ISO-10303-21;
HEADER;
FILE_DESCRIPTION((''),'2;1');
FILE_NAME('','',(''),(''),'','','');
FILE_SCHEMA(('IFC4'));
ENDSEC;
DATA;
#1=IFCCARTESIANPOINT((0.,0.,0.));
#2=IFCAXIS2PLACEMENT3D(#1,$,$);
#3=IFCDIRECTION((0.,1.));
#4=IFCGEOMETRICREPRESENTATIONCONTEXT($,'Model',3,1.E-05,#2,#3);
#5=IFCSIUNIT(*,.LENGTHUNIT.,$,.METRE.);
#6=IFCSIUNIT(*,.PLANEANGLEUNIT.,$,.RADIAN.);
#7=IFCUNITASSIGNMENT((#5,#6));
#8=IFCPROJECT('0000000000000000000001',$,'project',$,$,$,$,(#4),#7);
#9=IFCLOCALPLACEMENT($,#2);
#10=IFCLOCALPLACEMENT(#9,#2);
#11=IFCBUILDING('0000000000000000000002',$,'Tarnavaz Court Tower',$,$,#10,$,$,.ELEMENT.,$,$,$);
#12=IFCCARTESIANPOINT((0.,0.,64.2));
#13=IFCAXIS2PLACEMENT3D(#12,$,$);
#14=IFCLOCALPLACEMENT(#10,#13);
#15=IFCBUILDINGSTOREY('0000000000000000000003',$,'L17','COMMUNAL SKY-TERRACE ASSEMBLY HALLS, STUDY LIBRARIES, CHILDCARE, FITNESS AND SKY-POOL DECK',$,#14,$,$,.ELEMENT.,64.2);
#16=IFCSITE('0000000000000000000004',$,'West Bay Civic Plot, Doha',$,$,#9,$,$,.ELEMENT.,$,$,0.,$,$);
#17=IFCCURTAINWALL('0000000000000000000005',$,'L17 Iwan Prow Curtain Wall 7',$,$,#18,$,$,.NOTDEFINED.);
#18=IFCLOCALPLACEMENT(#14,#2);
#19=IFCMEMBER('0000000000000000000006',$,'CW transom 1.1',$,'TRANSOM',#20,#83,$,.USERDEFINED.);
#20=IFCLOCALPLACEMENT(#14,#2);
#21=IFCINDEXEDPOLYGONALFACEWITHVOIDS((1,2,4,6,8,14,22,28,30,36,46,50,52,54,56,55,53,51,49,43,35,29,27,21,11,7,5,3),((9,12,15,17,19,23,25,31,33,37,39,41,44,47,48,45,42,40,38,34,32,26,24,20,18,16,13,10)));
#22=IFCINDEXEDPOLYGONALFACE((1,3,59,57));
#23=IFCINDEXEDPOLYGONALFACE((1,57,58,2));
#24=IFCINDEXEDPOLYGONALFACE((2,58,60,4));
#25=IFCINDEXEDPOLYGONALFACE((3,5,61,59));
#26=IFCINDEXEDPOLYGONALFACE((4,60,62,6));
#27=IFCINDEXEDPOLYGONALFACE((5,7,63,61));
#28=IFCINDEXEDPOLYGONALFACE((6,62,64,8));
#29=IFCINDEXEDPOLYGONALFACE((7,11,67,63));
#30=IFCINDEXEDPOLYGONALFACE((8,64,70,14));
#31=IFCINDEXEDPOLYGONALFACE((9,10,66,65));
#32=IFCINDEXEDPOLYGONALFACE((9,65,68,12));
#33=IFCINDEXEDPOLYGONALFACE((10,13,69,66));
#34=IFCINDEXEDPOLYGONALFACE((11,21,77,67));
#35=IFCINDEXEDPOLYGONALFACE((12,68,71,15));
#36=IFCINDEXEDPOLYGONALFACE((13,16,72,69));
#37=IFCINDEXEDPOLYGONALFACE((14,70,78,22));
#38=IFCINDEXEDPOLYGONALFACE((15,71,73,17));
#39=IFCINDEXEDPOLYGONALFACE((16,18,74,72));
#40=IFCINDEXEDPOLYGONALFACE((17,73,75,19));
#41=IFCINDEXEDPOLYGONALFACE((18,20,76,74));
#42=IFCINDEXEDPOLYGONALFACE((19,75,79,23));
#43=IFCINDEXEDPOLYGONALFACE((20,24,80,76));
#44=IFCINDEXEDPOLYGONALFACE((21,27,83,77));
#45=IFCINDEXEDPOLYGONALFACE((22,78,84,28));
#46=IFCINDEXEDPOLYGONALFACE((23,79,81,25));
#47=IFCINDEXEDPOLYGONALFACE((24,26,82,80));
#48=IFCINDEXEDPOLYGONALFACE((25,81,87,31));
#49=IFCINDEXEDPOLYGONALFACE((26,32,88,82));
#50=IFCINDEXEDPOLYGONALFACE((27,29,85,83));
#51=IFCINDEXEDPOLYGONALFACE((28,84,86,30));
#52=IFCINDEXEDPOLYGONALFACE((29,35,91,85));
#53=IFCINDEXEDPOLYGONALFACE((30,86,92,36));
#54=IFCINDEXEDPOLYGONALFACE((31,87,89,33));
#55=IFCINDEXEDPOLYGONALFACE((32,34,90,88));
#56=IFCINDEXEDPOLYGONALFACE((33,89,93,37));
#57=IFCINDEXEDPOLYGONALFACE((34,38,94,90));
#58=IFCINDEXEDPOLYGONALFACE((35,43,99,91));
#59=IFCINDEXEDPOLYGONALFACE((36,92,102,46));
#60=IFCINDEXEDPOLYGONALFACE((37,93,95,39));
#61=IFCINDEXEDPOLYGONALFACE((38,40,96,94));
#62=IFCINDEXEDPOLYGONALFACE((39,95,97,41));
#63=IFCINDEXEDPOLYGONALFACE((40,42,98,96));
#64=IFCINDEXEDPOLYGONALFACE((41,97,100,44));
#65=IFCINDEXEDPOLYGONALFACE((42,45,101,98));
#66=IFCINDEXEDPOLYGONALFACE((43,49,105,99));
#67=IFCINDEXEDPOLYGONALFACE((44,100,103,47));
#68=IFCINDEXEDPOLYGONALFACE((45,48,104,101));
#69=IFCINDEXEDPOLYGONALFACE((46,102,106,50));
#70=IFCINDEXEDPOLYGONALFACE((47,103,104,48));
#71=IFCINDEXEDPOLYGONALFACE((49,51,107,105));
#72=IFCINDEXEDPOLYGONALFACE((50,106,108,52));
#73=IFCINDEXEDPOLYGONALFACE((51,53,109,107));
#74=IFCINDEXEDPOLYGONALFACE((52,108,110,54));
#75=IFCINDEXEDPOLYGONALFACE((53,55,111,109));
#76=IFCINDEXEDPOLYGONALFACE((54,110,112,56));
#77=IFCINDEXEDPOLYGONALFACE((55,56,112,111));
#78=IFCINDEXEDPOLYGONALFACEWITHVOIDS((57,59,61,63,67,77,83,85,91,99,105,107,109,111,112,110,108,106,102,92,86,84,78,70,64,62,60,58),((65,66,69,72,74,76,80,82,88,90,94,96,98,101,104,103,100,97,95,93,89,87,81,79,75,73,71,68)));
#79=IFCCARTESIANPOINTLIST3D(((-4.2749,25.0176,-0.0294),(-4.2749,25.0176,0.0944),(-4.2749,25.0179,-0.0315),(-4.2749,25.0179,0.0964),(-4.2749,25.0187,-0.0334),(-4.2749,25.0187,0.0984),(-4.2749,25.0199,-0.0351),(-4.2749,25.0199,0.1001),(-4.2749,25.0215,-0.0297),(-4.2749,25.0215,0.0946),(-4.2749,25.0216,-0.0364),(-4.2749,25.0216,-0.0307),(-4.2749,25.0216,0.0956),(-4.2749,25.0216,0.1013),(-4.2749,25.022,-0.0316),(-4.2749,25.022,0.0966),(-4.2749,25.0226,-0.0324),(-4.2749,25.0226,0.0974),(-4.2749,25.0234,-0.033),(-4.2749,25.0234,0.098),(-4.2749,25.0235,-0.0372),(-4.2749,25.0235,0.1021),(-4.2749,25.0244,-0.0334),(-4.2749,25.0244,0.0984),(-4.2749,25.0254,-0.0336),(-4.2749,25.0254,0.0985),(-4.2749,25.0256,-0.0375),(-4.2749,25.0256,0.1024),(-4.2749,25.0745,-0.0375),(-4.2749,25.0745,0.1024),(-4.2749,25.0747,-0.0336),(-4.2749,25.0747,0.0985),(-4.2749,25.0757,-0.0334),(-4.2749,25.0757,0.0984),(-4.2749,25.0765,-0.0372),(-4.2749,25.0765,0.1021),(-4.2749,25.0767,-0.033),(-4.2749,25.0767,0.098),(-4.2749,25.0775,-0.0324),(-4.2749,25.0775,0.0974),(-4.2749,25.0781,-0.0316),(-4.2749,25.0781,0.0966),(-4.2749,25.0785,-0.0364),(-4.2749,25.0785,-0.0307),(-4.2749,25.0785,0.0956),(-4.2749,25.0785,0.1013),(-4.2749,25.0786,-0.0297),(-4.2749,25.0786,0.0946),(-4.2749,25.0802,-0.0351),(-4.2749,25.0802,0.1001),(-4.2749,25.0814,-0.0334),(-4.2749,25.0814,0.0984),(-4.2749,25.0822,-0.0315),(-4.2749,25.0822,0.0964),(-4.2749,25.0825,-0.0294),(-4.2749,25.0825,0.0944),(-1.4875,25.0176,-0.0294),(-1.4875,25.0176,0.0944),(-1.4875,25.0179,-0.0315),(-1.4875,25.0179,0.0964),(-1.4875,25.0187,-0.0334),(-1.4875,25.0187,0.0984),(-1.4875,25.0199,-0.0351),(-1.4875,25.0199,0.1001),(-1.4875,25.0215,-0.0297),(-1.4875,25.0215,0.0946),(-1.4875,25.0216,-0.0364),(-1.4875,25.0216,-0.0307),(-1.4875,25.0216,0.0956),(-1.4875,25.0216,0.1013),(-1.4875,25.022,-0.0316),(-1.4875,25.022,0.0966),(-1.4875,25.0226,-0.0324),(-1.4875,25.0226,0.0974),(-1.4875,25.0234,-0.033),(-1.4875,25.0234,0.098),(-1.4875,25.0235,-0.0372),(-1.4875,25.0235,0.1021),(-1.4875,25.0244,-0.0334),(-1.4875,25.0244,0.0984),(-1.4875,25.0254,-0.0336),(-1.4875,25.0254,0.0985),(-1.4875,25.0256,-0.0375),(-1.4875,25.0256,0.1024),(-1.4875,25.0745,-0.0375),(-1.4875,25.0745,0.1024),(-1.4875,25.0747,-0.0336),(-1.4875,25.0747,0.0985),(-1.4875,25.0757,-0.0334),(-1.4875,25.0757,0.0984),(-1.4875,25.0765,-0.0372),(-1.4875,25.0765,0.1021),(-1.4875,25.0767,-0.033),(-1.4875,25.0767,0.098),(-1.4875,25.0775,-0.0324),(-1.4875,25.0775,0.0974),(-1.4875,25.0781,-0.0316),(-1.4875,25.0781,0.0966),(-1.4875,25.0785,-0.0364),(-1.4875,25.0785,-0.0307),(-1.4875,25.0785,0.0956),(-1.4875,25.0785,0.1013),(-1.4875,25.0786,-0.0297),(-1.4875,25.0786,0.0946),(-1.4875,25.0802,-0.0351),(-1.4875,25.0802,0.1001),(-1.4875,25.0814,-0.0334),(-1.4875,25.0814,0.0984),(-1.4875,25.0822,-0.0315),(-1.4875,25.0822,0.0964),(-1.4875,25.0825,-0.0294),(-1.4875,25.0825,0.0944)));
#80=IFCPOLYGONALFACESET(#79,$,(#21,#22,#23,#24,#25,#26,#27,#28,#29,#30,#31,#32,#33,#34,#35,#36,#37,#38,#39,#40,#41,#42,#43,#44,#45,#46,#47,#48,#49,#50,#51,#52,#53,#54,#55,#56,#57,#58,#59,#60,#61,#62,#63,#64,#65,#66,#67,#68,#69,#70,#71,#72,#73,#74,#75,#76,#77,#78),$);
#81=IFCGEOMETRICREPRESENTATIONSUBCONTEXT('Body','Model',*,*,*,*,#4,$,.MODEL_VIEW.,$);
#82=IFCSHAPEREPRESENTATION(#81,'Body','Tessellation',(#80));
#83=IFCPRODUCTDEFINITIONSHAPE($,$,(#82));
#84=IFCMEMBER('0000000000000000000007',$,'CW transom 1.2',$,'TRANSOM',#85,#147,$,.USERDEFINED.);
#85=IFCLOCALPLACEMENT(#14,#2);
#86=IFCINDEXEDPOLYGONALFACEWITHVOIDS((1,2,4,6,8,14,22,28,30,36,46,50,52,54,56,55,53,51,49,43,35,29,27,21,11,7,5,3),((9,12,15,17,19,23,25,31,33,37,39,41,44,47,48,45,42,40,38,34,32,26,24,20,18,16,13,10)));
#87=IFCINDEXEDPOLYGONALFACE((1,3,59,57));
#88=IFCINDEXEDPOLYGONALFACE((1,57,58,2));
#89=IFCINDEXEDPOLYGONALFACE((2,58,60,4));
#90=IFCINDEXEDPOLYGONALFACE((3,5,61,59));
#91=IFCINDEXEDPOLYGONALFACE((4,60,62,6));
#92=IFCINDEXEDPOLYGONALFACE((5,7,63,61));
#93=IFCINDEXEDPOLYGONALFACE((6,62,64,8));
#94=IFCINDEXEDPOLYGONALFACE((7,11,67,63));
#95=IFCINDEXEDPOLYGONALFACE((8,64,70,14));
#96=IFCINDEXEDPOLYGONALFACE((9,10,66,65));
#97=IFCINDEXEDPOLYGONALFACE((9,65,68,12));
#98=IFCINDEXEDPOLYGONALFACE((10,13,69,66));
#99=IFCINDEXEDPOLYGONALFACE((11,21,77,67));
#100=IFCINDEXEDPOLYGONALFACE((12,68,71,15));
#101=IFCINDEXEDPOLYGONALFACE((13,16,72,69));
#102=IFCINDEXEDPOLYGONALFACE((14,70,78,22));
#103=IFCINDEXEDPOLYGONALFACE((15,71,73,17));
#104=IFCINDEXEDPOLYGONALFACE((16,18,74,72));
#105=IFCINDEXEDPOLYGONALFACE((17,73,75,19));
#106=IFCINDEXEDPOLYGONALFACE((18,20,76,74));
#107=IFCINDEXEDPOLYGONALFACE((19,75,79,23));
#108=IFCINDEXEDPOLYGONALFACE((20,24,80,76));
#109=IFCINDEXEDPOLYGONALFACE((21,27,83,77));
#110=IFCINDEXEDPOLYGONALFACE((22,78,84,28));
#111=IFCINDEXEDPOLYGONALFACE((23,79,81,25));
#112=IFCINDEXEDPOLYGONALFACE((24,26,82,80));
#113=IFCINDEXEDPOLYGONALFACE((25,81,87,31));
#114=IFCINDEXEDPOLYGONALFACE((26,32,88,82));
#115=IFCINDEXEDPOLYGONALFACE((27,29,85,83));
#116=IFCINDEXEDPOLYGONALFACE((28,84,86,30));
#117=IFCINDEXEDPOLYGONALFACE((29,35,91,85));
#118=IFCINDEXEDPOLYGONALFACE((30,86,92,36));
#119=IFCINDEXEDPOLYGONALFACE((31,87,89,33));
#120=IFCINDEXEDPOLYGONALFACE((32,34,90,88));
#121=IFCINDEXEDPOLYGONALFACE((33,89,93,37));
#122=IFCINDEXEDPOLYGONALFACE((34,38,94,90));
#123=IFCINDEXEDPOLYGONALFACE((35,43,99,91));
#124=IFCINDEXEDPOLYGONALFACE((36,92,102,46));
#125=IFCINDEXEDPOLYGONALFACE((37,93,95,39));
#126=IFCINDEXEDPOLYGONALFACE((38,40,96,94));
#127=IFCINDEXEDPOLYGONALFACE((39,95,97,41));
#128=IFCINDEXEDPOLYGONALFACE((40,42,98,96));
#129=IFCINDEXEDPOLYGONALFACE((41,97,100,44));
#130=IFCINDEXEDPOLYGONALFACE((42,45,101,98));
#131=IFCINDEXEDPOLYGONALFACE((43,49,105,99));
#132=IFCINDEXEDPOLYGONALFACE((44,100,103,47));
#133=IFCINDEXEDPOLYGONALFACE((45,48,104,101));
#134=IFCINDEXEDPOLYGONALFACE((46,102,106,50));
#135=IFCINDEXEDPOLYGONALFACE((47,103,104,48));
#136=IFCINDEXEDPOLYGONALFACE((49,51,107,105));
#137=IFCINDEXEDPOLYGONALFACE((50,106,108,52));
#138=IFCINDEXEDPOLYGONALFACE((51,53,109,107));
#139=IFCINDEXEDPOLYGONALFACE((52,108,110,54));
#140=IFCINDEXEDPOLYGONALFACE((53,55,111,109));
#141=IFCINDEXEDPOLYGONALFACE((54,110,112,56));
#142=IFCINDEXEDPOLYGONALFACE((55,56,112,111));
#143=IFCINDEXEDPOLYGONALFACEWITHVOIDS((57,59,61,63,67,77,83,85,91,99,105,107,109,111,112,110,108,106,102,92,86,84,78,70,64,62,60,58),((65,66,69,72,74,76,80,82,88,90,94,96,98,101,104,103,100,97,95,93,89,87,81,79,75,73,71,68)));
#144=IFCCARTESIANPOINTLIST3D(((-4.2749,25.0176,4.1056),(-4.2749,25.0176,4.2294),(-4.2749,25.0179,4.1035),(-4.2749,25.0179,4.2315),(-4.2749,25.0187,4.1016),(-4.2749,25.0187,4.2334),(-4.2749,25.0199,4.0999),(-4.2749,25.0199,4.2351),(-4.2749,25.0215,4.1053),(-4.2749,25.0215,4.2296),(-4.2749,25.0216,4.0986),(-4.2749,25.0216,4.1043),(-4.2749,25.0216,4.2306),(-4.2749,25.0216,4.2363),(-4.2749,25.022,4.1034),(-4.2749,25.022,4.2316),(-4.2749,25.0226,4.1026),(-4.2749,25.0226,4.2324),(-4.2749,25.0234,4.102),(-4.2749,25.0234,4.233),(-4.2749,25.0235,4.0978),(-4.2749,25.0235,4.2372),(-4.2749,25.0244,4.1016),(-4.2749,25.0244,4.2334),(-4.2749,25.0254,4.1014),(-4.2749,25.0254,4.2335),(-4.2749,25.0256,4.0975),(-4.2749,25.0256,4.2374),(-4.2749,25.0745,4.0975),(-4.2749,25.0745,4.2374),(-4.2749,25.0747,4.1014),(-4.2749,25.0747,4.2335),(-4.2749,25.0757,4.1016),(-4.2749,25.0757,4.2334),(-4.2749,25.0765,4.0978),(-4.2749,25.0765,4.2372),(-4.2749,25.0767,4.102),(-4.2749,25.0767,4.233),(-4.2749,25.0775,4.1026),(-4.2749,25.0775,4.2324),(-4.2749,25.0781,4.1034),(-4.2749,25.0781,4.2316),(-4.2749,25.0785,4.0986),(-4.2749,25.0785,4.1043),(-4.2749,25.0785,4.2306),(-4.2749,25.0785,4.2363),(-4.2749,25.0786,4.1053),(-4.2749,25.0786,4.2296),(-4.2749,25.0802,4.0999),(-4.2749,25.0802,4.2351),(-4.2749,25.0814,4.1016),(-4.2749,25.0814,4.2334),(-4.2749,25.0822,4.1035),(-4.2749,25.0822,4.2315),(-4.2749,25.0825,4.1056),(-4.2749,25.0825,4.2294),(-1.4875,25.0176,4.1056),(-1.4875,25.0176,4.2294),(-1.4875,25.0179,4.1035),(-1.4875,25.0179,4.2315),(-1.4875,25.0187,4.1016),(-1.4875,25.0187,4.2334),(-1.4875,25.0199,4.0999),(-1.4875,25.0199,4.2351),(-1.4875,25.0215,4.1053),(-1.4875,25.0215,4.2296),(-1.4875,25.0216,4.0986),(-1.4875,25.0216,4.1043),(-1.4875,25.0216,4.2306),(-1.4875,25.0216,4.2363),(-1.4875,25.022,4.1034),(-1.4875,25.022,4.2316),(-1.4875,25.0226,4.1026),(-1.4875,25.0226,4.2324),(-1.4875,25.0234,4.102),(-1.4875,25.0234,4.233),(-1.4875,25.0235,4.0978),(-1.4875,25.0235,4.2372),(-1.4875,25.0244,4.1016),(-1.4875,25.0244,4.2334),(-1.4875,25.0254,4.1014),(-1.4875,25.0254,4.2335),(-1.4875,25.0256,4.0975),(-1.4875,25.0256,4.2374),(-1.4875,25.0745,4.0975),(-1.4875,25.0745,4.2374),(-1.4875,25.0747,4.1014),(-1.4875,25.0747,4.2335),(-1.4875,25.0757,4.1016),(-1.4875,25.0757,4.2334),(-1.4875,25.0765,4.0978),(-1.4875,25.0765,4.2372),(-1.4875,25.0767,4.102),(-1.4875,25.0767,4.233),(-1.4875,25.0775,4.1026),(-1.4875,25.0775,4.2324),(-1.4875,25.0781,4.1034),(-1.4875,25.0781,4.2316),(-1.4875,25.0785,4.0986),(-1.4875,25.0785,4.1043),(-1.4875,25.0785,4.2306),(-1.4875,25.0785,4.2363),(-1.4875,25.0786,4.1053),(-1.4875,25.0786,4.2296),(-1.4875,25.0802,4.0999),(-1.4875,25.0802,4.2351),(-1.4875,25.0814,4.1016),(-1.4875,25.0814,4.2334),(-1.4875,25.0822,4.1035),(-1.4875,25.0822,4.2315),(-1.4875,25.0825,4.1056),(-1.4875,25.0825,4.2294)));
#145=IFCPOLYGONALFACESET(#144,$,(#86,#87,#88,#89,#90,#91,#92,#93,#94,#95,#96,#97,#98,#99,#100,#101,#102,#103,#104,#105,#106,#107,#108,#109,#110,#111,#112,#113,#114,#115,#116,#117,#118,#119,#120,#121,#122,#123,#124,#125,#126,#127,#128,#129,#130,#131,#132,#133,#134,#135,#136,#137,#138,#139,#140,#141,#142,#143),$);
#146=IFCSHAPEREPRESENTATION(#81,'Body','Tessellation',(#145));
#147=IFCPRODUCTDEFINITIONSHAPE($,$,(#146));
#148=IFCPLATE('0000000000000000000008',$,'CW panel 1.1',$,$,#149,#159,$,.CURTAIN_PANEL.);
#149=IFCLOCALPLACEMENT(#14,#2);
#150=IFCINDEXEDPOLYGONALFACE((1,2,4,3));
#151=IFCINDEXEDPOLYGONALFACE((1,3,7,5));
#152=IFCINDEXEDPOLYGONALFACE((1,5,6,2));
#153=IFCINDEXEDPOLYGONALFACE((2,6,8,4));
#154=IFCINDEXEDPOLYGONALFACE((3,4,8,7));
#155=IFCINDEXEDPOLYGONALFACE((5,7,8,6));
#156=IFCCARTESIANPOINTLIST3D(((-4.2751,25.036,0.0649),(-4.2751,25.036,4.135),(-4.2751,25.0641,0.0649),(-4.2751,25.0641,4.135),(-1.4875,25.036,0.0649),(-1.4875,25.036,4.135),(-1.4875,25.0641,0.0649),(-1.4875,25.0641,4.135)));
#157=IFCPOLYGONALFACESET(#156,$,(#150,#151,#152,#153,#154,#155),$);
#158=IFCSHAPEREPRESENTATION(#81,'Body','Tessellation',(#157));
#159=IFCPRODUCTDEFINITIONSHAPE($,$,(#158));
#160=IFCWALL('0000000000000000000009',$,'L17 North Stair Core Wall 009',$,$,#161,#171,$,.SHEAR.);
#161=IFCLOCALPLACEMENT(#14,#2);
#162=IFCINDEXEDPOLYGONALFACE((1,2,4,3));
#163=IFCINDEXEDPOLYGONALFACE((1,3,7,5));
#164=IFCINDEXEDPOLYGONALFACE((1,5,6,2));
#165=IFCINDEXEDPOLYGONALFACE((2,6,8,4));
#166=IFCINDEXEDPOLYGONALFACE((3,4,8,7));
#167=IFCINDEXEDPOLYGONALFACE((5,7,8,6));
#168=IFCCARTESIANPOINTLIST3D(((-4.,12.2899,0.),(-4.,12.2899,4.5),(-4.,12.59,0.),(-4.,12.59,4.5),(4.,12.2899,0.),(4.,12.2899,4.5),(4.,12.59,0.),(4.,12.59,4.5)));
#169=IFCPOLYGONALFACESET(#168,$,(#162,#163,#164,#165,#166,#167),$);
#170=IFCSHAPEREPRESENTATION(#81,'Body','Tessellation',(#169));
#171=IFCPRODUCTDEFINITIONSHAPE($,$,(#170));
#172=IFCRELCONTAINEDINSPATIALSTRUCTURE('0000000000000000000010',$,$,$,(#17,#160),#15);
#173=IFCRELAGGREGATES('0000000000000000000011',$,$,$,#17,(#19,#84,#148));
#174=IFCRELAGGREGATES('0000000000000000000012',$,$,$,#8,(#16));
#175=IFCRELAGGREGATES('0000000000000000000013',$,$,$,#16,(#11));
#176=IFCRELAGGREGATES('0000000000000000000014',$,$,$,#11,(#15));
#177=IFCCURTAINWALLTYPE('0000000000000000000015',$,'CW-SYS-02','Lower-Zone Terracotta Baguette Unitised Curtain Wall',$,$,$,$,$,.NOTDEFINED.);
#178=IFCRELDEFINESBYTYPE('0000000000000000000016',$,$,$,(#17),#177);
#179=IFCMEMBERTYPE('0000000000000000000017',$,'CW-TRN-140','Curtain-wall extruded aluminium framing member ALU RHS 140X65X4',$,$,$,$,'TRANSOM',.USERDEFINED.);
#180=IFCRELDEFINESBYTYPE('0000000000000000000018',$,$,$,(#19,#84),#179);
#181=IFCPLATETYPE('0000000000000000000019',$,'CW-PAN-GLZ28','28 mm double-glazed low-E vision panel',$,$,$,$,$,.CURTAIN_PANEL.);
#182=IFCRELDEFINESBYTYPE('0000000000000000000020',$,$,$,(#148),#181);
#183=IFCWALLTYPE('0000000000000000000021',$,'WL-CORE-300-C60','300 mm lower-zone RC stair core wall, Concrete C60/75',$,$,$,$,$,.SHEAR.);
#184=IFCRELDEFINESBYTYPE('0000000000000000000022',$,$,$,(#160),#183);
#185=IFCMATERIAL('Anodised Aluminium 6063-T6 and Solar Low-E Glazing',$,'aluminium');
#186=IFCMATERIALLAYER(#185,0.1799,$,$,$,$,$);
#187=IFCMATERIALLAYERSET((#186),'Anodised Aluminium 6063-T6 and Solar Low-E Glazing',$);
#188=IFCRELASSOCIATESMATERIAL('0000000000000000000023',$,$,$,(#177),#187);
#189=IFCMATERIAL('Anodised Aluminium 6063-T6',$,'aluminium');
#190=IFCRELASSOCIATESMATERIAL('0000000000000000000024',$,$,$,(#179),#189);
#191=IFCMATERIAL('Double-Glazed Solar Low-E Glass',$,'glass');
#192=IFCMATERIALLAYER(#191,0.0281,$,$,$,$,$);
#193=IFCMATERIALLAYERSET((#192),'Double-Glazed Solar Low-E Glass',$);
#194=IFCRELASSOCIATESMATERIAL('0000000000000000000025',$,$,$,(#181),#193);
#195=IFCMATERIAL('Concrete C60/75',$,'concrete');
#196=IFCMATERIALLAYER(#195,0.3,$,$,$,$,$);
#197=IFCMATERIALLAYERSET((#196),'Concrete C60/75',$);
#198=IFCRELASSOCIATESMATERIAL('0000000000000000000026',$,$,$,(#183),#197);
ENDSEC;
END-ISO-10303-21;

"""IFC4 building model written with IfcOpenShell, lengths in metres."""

from ifc_helpers import new_model, si_unit, direction, frame, frame_2d, origin, origin_2d, place, context, subcontext, project, spatial, rectangle, hollow_rectangle, extrude, material, layer, layer_set, material_profile, profile_set, type_object, element, aggregate, save


model = new_model("IFC4")

# Units and contexts
model_context = context("Model", 3, precision=1e-05, world=origin(), true_north=direction((0.0, 1.0)))
body_context = subcontext(model_context, "Body", "Model", "MODEL_VIEW")
ifc_project = project(units=[si_unit("LENGTHUNIT", "METRE"), si_unit("PLANEANGLEUNIT", "RADIAN")], contexts=[model_context])

# Site, building, storey
site_placement = place(None, origin())
site = spatial("IfcSite", under=ifc_project, at=site_placement, Name="West Bay Civic Plot, Doha", CompositionType="ELEMENT", RefElevation=0.0)
building_placement = place(site_placement, origin())
building = spatial("IfcBuilding", under=site, at=building_placement, Name="Tarnavaz Court Tower", CompositionType="ELEMENT")
storey_placement = place(building_placement, frame((0.0, 0.0, 64.2)))
storey = spatial("IfcBuildingStorey", under=building, at=storey_placement, Name="L17", Description="COMMUNAL SKY-TERRACE ASSEMBLY HALLS, STUDY LIBRARIES, CHILDCARE, FITNESS AND SKY-POOL DECK", CompositionType="ELEMENT", Elevation=64.2)

# Shared definitions
ifc_material_1 = material(Name="Concrete C60/75", Category="concrete")

# Curtain wall, members, plate
ifc_material_2 = material(Name="Anodised Aluminium 6063-T6 and Solar Low-E Glazing", Category="aluminium")
ifc_layer_1 = layer(ifc_material_2, 0.1799)
ifc_layer_set_1 = layer_set([ifc_layer_1], Name="Anodised Aluminium 6063-T6 and Solar Low-E Glazing")
curtain_wall_type = type_object("IfcCurtainWallType", Name="CW-SYS-02", Description="Lower-Zone Terracotta Baguette Unitised Curtain Wall", PredefinedType="NOTDEFINED", material=ifc_layer_set_1)
curtain_wall_placement = place(storey_placement, origin())
curtain_wall = element("IfcCurtainWall", 1, at=curtain_wall_placement, inside=storey, type_object=curtain_wall_type, Name="L17 Iwan Prow Curtain Wall 7", PredefinedType="NOTDEFINED")
ifc_material_3 = material(Name="Anodised Aluminium 6063-T6", Category="aluminium")
ifc_material_profile_1 = material_profile(ifc_material_3, hollow_rectangle(XDim=0.0649, YDim=0.1399, WallThickness=0.0039, InnerFilletRadius=0.0039, OuterFilletRadius=0.0081, at=origin_2d()), Name="ALU RHS 140X65X4")
ifc_profile_set_1 = profile_set([ifc_material_profile_1], Name="Anodised Aluminium 6063-T6")
member_type_1 = type_object("IfcMemberType", Name="CW-TRN-140", Description="Curtain-wall extruded aluminium framing member ALU RHS 140X65X4", ElementType="TRANSOM", PredefinedType="USERDEFINED", material=ifc_profile_set_1)
member_1_placement = place(storey_placement, frame((-4.2749, 25.05, 0.0325), z_axis=(1.0, 0.0, 0.0), x_axis=(0.0, 1.0, 0.0)))
member_1 = element("IfcMember", 2, at=member_1_placement, type_object=member_type_1, Name="CW transom 1.1", ObjectType="TRANSOM", PredefinedType="USERDEFINED", context=body_context, shape_type="SweptSolid", body=[
    extrude(hollow_rectangle(XDim=0.0649, YDim=0.1399, WallThickness=0.0039, InnerFilletRadius=0.0039, OuterFilletRadius=0.0081, at=origin_2d()), origin(), (0.0, 0.0, 1.0), 2.7874),
])
member_2_placement = place(storey_placement, frame((-4.2749, 25.05, 4.1675), z_axis=(1.0, 0.0, 0.0), x_axis=(0.0, 1.0, 0.0)))
member_2 = element("IfcMember", 3, at=member_2_placement, type_object=member_type_1, Name="CW transom 1.2", ObjectType="TRANSOM", PredefinedType="USERDEFINED", context=body_context, shape_type="SweptSolid", body=[
    extrude(hollow_rectangle(XDim=0.0649, YDim=0.1399, WallThickness=0.0039, InnerFilletRadius=0.0039, OuterFilletRadius=0.0081, at=origin_2d()), origin(), (0.0, 0.0, 1.0), 2.7874),
])
ifc_material_4 = material(Name="Double-Glazed Solar Low-E Glass", Category="glass")
ifc_layer_2 = layer(ifc_material_4, 0.0281)
ifc_layer_set_2 = layer_set([ifc_layer_2], Name="Double-Glazed Solar Low-E Glass")
plate_type = type_object("IfcPlateType", Name="CW-PAN-GLZ28", Description="28 mm double-glazed low-E vision panel", PredefinedType="CURTAIN_PANEL", material=ifc_layer_set_2)
plate_placement = place(storey_placement, frame((-2.8813, 25.05, 0.0649), z_axis=(0.0, 0.0, 1.0), x_axis=(1.0, 0.0, 0.0)))
plate = element("IfcPlate", 4, at=plate_placement, type_object=plate_type, Name="CW panel 1.1", PredefinedType="CURTAIN_PANEL", context=body_context, shape_type="SweptSolid", body=[
    extrude(rectangle(XDim=2.7876, YDim=0.0281, at=origin_2d()), origin(), (0.0, 0.0, 1.0), 4.0701),
])
aggregate(curtain_wall, [member_1, member_2, plate])

# Wall
ifc_layer_3 = layer(ifc_material_1, 0.3)
ifc_layer_set_3 = layer_set([ifc_layer_3], Name="Concrete C60/75")
wall_type_1 = type_object("IfcWallType", Name="WL-CORE-300-C60", Description="300 mm lower-zone RC stair core wall, Concrete C60/75", PredefinedType="SHEAR", material=ifc_layer_set_3)
wall_1_placement = place(storey_placement, frame((-4.0, 12.4399, 0.0), z_axis=(0.0, 0.0, 1.0), x_axis=(1.0, 0.0, 0.0)))
element("IfcWall", 5, at=wall_1_placement, inside=storey, type_object=wall_type_1, Name="L17 North Stair Core Wall 009", PredefinedType="SHEAR", context=body_context, shape_type="SweptSolid", body=[
    extrude(rectangle(XDim=8.0, YDim=0.3, at=frame_2d((4.0, 0.0))), origin(), (0.0, 0.0, 1.0), 4.5),
])

save(model, "model.ifc")
